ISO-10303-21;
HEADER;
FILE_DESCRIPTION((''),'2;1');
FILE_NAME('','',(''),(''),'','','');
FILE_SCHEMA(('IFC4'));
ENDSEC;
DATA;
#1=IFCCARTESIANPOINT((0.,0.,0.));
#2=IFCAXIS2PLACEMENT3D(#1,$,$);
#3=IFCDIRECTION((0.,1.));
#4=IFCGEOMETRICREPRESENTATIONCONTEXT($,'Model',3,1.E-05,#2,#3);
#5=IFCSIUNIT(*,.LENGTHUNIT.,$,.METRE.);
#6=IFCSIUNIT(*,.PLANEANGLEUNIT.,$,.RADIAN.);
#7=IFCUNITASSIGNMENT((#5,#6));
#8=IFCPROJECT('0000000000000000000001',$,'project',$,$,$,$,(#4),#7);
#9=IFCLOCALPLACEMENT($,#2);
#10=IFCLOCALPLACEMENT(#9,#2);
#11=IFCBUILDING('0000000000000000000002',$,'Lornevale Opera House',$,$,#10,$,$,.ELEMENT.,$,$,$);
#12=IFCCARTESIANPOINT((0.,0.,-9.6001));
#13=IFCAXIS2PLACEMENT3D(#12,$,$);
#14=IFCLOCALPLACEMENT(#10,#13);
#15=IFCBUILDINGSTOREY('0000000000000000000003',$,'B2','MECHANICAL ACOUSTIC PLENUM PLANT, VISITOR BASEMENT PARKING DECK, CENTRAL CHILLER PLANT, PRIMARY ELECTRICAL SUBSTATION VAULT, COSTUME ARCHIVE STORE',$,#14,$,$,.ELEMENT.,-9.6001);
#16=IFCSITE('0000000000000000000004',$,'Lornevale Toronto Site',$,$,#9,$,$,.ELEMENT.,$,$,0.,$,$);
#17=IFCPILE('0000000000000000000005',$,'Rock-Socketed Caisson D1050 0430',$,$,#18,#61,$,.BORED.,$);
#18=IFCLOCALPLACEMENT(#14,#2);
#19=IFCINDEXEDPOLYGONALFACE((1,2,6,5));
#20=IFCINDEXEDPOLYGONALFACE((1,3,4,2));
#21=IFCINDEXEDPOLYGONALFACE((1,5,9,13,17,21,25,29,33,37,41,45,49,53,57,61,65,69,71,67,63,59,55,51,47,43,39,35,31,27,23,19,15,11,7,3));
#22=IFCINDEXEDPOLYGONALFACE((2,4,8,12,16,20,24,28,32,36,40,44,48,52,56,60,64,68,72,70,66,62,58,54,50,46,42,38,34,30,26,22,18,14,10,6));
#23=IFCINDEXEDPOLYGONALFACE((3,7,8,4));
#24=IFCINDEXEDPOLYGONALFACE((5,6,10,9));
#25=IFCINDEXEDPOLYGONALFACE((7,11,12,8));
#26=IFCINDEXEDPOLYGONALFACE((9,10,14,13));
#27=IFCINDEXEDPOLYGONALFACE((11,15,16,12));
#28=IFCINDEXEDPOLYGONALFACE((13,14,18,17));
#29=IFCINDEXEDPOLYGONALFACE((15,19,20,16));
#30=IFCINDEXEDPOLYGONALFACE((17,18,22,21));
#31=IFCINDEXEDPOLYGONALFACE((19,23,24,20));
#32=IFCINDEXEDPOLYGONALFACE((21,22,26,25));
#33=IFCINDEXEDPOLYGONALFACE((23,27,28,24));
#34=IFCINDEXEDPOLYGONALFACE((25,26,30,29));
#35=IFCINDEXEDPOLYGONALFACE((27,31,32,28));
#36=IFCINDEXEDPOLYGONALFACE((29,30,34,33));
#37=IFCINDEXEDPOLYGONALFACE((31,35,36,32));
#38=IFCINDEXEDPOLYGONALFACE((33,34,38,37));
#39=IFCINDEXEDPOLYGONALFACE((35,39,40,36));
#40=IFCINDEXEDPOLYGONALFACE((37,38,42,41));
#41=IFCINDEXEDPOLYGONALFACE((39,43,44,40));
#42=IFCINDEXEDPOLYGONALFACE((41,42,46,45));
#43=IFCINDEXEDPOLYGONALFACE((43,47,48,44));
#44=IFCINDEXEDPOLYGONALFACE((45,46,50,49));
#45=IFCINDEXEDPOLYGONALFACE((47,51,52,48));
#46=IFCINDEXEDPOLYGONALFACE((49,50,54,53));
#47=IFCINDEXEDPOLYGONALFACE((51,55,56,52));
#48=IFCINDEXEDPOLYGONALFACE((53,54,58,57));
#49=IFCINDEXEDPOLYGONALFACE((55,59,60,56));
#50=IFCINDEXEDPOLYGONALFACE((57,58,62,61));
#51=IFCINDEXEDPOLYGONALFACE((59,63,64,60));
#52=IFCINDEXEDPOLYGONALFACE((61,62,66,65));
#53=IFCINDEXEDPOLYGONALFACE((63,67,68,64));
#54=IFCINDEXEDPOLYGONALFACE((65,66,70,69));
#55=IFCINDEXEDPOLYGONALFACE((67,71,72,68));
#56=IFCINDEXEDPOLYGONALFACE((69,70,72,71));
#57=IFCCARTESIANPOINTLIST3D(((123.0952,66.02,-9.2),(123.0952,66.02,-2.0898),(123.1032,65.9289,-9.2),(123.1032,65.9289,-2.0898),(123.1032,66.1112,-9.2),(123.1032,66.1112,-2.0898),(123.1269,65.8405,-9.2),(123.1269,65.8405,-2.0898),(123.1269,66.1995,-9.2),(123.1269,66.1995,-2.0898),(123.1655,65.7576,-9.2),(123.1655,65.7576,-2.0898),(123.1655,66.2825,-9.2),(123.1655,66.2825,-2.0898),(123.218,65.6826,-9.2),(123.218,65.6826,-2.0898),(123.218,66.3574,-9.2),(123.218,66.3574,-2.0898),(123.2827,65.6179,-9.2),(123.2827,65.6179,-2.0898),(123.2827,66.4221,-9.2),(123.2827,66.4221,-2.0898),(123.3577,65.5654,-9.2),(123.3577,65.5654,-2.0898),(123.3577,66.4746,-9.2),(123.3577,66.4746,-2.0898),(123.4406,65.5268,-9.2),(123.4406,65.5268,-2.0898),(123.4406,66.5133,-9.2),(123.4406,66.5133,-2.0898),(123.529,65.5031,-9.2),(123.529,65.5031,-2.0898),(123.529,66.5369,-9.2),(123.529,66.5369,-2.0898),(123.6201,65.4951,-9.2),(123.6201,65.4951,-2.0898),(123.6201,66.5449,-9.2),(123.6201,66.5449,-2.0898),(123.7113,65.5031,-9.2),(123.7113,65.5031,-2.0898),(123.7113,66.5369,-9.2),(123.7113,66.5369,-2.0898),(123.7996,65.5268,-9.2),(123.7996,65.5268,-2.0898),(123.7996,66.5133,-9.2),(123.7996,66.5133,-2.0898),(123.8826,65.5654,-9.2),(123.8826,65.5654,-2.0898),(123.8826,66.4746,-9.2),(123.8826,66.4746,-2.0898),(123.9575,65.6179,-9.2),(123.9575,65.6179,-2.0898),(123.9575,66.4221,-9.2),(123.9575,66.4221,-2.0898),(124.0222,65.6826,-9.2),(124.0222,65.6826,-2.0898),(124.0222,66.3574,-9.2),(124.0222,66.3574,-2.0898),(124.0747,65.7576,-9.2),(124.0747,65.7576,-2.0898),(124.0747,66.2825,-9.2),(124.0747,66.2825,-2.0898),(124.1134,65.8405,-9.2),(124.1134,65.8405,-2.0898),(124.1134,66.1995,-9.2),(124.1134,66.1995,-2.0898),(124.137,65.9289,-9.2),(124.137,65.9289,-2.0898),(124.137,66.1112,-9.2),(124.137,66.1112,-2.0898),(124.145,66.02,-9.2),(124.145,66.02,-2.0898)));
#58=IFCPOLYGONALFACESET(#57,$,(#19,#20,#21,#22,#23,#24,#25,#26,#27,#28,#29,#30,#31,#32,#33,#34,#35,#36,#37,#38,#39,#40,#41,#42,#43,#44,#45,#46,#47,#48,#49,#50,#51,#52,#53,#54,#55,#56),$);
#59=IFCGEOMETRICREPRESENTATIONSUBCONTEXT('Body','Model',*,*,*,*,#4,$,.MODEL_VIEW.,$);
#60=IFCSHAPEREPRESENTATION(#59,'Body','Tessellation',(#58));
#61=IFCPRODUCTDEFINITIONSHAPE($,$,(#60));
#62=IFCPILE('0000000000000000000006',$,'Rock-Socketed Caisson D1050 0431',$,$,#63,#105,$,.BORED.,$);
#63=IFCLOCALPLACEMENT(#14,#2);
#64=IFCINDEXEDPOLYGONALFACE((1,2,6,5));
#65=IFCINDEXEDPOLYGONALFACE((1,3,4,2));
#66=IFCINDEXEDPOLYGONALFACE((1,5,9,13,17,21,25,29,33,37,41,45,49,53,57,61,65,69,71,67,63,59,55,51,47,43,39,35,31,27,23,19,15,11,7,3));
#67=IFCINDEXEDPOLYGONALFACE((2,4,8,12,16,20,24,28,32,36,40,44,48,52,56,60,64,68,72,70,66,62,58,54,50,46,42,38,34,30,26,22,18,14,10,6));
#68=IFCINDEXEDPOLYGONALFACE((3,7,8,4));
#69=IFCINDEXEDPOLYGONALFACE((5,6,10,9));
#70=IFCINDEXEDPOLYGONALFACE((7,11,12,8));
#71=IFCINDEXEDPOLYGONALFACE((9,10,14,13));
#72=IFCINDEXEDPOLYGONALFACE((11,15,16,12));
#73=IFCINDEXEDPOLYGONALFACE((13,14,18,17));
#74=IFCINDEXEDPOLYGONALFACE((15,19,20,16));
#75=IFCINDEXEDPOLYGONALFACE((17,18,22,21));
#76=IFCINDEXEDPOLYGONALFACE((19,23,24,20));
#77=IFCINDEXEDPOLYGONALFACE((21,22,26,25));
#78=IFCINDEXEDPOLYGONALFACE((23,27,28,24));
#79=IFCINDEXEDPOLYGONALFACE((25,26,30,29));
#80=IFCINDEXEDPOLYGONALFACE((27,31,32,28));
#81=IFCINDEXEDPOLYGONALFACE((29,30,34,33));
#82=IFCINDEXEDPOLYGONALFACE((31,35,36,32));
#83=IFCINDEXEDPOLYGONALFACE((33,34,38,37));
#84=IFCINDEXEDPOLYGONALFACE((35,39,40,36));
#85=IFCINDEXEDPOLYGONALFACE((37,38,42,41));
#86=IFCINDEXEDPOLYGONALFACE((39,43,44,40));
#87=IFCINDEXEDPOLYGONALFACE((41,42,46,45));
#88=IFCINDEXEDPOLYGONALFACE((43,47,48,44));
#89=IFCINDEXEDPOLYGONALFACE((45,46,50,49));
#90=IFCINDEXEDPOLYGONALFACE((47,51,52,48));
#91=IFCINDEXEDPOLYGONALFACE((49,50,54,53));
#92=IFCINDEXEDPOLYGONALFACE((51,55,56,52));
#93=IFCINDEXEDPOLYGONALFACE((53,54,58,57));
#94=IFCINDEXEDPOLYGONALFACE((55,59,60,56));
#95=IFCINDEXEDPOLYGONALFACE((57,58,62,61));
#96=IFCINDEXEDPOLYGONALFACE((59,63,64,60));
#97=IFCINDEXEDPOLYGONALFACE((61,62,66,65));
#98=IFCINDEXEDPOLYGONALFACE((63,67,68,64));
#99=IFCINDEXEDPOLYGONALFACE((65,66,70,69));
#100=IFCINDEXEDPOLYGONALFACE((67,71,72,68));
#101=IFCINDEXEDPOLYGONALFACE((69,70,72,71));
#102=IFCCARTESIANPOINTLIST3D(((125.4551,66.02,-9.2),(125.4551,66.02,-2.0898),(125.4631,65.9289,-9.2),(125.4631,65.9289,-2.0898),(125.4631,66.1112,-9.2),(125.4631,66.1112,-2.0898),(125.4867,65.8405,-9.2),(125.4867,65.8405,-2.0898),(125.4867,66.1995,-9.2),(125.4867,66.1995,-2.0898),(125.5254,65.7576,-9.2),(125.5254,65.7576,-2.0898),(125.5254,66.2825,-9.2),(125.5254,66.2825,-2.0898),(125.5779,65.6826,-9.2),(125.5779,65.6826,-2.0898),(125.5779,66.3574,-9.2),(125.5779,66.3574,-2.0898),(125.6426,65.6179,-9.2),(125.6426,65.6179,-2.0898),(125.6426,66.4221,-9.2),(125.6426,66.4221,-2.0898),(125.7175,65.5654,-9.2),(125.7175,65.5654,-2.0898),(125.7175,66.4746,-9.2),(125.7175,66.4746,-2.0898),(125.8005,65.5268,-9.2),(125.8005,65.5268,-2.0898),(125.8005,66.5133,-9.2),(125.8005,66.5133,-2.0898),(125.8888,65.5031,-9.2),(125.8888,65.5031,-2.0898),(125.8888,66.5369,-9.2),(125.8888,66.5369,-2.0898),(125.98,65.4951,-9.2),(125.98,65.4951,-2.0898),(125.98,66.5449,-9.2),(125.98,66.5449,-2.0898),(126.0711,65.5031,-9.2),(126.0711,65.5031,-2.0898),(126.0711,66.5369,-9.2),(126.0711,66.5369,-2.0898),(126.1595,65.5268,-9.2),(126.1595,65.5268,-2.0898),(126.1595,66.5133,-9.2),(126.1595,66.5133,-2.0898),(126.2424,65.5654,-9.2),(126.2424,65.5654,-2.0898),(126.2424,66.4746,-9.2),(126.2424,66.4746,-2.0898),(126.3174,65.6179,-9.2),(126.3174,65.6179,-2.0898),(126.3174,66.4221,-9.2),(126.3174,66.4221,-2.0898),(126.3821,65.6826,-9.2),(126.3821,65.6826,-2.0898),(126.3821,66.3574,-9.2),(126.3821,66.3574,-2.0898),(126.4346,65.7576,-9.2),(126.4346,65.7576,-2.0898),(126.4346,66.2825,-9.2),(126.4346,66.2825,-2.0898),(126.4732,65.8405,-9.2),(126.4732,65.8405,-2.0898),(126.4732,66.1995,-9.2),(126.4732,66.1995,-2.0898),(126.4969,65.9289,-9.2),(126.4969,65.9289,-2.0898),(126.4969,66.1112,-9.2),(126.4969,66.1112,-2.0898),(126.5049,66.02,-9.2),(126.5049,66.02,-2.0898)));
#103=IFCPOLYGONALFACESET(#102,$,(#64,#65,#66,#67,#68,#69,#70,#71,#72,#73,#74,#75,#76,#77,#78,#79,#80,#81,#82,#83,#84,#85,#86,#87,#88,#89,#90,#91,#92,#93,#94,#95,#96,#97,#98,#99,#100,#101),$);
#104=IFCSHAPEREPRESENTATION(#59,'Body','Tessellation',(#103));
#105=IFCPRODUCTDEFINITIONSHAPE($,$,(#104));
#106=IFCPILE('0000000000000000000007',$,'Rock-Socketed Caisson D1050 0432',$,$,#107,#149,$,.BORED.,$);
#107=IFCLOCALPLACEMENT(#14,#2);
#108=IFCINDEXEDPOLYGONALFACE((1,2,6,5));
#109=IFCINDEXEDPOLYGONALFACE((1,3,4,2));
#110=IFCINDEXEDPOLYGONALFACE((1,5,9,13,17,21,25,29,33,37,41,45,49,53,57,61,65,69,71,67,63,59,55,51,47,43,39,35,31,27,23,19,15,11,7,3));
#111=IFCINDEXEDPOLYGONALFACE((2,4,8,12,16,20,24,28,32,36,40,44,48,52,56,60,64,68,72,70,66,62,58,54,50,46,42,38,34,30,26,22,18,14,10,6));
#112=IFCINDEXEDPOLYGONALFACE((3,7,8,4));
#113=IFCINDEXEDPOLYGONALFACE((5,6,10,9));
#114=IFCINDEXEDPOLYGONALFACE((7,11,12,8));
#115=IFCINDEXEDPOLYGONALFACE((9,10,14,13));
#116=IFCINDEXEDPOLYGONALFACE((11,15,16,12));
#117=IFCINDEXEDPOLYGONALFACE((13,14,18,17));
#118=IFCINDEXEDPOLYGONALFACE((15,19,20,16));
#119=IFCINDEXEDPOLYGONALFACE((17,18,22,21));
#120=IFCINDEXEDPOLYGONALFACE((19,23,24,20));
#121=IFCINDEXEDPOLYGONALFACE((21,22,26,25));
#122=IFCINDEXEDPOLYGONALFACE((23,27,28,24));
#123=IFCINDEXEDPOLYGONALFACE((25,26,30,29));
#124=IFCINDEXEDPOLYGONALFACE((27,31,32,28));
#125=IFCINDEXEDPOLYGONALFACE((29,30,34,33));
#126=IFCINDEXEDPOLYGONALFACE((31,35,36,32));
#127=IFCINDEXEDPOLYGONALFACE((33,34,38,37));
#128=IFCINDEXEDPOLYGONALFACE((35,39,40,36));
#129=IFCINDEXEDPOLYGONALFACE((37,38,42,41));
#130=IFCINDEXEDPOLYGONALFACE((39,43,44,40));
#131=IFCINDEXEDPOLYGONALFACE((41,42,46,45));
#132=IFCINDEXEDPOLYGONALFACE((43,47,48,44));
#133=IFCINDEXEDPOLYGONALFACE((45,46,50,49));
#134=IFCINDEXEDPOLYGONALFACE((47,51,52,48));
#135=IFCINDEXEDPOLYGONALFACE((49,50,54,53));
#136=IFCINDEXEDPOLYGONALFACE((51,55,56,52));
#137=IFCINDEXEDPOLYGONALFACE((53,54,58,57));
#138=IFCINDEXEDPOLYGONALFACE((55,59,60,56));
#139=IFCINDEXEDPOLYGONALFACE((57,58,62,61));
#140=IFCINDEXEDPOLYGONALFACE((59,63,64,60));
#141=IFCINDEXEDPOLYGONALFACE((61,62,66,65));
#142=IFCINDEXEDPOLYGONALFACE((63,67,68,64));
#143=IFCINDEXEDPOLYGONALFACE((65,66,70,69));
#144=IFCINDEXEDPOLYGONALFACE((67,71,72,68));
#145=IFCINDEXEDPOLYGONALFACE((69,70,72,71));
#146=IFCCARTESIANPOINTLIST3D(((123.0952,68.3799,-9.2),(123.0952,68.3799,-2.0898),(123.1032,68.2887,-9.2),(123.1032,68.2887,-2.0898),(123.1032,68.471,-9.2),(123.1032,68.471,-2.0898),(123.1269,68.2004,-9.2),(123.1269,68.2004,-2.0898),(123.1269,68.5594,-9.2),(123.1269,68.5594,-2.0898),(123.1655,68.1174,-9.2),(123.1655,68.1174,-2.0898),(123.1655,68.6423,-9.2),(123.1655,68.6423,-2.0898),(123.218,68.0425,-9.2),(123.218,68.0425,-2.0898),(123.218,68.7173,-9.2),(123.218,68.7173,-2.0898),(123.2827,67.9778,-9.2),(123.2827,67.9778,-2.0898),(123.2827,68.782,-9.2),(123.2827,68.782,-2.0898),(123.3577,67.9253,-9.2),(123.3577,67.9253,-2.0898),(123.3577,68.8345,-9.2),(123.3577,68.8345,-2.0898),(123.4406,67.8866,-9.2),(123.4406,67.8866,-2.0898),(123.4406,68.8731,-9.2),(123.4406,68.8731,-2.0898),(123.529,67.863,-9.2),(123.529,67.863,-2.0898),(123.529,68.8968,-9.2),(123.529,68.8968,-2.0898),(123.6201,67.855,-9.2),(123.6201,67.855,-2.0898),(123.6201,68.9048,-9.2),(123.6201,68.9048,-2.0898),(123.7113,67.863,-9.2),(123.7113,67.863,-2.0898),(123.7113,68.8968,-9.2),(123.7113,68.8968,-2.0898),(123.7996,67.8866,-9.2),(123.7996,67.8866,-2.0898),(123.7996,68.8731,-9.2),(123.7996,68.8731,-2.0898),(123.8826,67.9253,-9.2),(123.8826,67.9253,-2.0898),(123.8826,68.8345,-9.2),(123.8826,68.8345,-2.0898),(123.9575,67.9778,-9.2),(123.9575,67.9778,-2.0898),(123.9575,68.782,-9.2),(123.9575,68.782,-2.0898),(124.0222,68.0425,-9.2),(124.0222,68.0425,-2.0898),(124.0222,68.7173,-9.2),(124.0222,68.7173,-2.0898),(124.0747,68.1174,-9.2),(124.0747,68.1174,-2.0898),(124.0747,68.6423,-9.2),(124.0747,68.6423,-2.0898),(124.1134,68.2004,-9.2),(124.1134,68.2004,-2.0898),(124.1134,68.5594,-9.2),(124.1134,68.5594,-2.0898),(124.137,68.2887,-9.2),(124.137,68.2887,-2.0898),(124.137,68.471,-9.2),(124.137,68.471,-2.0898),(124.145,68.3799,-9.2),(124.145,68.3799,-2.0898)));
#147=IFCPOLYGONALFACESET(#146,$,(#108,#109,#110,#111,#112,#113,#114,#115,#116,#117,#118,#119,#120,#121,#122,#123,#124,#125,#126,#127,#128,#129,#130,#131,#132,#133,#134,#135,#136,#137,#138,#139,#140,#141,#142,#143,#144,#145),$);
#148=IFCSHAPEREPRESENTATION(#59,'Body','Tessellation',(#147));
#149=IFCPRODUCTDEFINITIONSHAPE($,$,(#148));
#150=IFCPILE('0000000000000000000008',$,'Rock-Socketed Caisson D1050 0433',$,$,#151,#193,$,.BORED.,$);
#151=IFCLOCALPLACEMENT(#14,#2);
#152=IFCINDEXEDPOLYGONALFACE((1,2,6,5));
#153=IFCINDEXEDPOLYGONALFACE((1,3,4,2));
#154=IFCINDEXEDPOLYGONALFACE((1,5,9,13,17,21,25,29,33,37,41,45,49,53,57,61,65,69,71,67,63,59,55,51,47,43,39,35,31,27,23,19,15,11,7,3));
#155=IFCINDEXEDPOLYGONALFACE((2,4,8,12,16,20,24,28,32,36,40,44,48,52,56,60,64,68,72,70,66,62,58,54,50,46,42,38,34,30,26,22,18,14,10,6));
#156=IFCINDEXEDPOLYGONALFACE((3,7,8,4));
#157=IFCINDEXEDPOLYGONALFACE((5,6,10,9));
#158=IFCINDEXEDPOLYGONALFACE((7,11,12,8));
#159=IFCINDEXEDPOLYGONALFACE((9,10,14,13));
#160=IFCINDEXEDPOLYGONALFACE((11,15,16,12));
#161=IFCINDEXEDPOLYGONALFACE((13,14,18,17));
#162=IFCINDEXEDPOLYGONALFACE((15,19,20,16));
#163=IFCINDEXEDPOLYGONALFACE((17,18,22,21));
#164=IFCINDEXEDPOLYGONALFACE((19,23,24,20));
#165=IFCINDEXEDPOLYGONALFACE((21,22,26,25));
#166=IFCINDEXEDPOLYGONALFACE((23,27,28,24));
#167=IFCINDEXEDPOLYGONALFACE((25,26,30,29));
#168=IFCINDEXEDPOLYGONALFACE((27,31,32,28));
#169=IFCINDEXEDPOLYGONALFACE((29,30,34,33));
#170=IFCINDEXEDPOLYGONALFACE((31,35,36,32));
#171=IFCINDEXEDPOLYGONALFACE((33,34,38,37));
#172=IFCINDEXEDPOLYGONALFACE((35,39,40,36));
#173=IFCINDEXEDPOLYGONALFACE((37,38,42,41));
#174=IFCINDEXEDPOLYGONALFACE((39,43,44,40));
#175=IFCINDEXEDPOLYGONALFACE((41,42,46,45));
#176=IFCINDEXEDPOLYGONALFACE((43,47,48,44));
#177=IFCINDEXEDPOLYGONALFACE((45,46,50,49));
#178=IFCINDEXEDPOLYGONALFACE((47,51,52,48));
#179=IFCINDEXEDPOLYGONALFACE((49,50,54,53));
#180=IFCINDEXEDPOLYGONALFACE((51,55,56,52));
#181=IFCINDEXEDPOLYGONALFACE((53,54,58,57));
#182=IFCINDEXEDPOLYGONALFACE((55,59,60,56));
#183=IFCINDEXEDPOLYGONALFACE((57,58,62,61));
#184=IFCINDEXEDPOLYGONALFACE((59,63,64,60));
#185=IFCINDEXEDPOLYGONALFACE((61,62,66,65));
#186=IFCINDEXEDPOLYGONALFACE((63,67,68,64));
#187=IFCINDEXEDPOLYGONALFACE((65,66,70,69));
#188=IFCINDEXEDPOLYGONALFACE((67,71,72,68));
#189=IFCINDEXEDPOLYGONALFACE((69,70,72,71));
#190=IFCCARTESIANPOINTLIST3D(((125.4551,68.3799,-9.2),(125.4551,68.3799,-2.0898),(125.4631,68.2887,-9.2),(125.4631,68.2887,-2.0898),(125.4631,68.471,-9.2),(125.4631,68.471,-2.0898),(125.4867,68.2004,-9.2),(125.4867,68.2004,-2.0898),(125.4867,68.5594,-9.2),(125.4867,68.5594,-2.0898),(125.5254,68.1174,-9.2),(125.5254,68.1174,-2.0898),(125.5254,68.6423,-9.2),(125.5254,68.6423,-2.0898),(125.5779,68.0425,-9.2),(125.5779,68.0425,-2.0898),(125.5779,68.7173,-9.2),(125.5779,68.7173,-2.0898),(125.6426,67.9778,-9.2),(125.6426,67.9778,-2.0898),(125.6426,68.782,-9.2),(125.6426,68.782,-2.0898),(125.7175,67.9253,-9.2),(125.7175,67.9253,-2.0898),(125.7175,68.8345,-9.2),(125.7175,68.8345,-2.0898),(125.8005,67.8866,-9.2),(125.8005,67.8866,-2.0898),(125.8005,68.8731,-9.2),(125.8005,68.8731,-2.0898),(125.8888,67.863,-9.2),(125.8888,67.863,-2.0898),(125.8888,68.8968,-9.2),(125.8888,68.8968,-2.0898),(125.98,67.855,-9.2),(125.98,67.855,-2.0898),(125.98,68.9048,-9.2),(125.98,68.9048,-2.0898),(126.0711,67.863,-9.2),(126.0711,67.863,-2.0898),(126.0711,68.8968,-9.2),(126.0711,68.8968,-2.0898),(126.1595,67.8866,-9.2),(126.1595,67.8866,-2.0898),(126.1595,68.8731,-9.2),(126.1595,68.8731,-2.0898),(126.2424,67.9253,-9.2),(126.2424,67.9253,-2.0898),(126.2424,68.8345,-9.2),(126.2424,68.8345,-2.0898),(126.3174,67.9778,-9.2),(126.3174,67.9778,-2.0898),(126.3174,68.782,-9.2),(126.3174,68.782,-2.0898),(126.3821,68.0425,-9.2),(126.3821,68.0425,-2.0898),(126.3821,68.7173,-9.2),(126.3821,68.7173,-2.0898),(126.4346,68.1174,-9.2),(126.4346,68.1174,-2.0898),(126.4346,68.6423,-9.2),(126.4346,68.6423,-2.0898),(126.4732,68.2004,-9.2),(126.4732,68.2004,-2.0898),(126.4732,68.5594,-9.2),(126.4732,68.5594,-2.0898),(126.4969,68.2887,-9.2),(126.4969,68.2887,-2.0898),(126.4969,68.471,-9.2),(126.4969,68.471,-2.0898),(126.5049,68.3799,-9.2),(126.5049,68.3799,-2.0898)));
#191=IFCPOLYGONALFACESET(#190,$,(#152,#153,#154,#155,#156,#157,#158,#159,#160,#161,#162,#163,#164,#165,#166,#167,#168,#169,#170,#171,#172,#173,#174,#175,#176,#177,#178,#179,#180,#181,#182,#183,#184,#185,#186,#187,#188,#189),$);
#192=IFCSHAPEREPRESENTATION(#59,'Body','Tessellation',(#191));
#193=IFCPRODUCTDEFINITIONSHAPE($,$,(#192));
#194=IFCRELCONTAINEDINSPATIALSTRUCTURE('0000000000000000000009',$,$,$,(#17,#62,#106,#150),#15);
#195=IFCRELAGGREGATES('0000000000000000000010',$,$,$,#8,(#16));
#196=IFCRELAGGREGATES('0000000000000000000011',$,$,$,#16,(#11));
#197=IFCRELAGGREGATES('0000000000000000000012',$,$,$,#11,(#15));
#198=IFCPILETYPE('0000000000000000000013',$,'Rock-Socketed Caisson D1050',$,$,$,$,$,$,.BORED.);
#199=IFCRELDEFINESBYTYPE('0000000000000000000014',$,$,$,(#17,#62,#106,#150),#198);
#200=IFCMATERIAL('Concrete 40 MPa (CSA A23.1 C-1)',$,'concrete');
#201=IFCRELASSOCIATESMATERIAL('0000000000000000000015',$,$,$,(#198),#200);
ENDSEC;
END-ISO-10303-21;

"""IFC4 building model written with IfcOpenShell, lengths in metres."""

from ifc_helpers import new_model, si_unit, direction, frame, origin, origin_2d, place, context, subcontext, project, spatial, circle, extrude, material, material_profile, profile_set, type_object, element, save


model = new_model("IFC4")

# Units and contexts
model_context = context("Model", 3, precision=1e-05, world=origin(), true_north=direction((0.0, 1.0)))
body_context = subcontext(model_context, "Body", "Model", "MODEL_VIEW")
ifc_project = project(units=[si_unit("LENGTHUNIT", "METRE"), si_unit("PLANEANGLEUNIT", "RADIAN")], contexts=[model_context])

# Site, building, storey
site_placement = place(None, origin())
site = spatial("IfcSite", under=ifc_project, at=site_placement, Name="Lornevale Toronto Site", CompositionType="ELEMENT", RefElevation=0.0)
building_placement = place(site_placement, origin())
building = spatial("IfcBuilding", under=site, at=building_placement, Name="Lornevale Opera House", CompositionType="ELEMENT")
storey_placement = place(building_placement, frame((0.0, 0.0, -9.6001)))
storey = spatial("IfcBuildingStorey", under=building, at=storey_placement, Name="B2", Description="MECHANICAL ACOUSTIC PLENUM PLANT, VISITOR BASEMENT PARKING DECK, CENTRAL CHILLER PLANT, PRIMARY ELECTRICAL SUBSTATION VAULT, COSTUME ARCHIVE STORE", CompositionType="ELEMENT", Elevation=-9.6001)

# Piles
ifc_material_1 = material(Name="Concrete 40 MPa (CSA A23.1 C-1)", Category="concrete")
ifc_material_profile_1 = material_profile(ifc_material_1, circle(Radius=0.5249, at=origin_2d()), Name="CAIS1050")
ifc_profile_set_1 = profile_set([ifc_material_profile_1], Name="Concrete 40 MPa (CSA A23.1 C-1)")
pile_type_1 = type_object("IfcPileType", Name="Rock-Socketed Caisson D1050", PredefinedType="BORED", material=ifc_profile_set_1)
for number, where, z_axis, x_axis, name in (
    (1, (123.6201, 66.02, -2.0898), (0.0, 0.0, -1.0), (1.0, 0.0, 0.0), "Rock-Socketed Caisson D1050 0430"),
    (2, (125.98, 66.02, -2.0898), (0.0, 0.0, -1.0), (1.0, 0.0, 0.0), "Rock-Socketed Caisson D1050 0431"),
    (3, (123.6201, 68.3799, -2.0898), (0.0, 0.0, -1.0), (1.0, 0.0, 0.0), "Rock-Socketed Caisson D1050 0432"),
    (4, (125.98, 68.3799, -2.0898), (0.0, 0.0, -1.0), (1.0, 0.0, 0.0), "Rock-Socketed Caisson D1050 0433"),
):
    element("IfcPile", number, at=place(storey_placement, frame(where, z_axis=z_axis, x_axis=x_axis)), inside=storey, type_object=pile_type_1, Name=name, PredefinedType="BORED", context=body_context, shape_type="SweptSolid", body=[
        extrude(circle(Radius=0.5249, at=origin_2d()), origin(), (0.0, 0.0, 1.0), 7.1101),
    ])

save(model, "model.ifc")
